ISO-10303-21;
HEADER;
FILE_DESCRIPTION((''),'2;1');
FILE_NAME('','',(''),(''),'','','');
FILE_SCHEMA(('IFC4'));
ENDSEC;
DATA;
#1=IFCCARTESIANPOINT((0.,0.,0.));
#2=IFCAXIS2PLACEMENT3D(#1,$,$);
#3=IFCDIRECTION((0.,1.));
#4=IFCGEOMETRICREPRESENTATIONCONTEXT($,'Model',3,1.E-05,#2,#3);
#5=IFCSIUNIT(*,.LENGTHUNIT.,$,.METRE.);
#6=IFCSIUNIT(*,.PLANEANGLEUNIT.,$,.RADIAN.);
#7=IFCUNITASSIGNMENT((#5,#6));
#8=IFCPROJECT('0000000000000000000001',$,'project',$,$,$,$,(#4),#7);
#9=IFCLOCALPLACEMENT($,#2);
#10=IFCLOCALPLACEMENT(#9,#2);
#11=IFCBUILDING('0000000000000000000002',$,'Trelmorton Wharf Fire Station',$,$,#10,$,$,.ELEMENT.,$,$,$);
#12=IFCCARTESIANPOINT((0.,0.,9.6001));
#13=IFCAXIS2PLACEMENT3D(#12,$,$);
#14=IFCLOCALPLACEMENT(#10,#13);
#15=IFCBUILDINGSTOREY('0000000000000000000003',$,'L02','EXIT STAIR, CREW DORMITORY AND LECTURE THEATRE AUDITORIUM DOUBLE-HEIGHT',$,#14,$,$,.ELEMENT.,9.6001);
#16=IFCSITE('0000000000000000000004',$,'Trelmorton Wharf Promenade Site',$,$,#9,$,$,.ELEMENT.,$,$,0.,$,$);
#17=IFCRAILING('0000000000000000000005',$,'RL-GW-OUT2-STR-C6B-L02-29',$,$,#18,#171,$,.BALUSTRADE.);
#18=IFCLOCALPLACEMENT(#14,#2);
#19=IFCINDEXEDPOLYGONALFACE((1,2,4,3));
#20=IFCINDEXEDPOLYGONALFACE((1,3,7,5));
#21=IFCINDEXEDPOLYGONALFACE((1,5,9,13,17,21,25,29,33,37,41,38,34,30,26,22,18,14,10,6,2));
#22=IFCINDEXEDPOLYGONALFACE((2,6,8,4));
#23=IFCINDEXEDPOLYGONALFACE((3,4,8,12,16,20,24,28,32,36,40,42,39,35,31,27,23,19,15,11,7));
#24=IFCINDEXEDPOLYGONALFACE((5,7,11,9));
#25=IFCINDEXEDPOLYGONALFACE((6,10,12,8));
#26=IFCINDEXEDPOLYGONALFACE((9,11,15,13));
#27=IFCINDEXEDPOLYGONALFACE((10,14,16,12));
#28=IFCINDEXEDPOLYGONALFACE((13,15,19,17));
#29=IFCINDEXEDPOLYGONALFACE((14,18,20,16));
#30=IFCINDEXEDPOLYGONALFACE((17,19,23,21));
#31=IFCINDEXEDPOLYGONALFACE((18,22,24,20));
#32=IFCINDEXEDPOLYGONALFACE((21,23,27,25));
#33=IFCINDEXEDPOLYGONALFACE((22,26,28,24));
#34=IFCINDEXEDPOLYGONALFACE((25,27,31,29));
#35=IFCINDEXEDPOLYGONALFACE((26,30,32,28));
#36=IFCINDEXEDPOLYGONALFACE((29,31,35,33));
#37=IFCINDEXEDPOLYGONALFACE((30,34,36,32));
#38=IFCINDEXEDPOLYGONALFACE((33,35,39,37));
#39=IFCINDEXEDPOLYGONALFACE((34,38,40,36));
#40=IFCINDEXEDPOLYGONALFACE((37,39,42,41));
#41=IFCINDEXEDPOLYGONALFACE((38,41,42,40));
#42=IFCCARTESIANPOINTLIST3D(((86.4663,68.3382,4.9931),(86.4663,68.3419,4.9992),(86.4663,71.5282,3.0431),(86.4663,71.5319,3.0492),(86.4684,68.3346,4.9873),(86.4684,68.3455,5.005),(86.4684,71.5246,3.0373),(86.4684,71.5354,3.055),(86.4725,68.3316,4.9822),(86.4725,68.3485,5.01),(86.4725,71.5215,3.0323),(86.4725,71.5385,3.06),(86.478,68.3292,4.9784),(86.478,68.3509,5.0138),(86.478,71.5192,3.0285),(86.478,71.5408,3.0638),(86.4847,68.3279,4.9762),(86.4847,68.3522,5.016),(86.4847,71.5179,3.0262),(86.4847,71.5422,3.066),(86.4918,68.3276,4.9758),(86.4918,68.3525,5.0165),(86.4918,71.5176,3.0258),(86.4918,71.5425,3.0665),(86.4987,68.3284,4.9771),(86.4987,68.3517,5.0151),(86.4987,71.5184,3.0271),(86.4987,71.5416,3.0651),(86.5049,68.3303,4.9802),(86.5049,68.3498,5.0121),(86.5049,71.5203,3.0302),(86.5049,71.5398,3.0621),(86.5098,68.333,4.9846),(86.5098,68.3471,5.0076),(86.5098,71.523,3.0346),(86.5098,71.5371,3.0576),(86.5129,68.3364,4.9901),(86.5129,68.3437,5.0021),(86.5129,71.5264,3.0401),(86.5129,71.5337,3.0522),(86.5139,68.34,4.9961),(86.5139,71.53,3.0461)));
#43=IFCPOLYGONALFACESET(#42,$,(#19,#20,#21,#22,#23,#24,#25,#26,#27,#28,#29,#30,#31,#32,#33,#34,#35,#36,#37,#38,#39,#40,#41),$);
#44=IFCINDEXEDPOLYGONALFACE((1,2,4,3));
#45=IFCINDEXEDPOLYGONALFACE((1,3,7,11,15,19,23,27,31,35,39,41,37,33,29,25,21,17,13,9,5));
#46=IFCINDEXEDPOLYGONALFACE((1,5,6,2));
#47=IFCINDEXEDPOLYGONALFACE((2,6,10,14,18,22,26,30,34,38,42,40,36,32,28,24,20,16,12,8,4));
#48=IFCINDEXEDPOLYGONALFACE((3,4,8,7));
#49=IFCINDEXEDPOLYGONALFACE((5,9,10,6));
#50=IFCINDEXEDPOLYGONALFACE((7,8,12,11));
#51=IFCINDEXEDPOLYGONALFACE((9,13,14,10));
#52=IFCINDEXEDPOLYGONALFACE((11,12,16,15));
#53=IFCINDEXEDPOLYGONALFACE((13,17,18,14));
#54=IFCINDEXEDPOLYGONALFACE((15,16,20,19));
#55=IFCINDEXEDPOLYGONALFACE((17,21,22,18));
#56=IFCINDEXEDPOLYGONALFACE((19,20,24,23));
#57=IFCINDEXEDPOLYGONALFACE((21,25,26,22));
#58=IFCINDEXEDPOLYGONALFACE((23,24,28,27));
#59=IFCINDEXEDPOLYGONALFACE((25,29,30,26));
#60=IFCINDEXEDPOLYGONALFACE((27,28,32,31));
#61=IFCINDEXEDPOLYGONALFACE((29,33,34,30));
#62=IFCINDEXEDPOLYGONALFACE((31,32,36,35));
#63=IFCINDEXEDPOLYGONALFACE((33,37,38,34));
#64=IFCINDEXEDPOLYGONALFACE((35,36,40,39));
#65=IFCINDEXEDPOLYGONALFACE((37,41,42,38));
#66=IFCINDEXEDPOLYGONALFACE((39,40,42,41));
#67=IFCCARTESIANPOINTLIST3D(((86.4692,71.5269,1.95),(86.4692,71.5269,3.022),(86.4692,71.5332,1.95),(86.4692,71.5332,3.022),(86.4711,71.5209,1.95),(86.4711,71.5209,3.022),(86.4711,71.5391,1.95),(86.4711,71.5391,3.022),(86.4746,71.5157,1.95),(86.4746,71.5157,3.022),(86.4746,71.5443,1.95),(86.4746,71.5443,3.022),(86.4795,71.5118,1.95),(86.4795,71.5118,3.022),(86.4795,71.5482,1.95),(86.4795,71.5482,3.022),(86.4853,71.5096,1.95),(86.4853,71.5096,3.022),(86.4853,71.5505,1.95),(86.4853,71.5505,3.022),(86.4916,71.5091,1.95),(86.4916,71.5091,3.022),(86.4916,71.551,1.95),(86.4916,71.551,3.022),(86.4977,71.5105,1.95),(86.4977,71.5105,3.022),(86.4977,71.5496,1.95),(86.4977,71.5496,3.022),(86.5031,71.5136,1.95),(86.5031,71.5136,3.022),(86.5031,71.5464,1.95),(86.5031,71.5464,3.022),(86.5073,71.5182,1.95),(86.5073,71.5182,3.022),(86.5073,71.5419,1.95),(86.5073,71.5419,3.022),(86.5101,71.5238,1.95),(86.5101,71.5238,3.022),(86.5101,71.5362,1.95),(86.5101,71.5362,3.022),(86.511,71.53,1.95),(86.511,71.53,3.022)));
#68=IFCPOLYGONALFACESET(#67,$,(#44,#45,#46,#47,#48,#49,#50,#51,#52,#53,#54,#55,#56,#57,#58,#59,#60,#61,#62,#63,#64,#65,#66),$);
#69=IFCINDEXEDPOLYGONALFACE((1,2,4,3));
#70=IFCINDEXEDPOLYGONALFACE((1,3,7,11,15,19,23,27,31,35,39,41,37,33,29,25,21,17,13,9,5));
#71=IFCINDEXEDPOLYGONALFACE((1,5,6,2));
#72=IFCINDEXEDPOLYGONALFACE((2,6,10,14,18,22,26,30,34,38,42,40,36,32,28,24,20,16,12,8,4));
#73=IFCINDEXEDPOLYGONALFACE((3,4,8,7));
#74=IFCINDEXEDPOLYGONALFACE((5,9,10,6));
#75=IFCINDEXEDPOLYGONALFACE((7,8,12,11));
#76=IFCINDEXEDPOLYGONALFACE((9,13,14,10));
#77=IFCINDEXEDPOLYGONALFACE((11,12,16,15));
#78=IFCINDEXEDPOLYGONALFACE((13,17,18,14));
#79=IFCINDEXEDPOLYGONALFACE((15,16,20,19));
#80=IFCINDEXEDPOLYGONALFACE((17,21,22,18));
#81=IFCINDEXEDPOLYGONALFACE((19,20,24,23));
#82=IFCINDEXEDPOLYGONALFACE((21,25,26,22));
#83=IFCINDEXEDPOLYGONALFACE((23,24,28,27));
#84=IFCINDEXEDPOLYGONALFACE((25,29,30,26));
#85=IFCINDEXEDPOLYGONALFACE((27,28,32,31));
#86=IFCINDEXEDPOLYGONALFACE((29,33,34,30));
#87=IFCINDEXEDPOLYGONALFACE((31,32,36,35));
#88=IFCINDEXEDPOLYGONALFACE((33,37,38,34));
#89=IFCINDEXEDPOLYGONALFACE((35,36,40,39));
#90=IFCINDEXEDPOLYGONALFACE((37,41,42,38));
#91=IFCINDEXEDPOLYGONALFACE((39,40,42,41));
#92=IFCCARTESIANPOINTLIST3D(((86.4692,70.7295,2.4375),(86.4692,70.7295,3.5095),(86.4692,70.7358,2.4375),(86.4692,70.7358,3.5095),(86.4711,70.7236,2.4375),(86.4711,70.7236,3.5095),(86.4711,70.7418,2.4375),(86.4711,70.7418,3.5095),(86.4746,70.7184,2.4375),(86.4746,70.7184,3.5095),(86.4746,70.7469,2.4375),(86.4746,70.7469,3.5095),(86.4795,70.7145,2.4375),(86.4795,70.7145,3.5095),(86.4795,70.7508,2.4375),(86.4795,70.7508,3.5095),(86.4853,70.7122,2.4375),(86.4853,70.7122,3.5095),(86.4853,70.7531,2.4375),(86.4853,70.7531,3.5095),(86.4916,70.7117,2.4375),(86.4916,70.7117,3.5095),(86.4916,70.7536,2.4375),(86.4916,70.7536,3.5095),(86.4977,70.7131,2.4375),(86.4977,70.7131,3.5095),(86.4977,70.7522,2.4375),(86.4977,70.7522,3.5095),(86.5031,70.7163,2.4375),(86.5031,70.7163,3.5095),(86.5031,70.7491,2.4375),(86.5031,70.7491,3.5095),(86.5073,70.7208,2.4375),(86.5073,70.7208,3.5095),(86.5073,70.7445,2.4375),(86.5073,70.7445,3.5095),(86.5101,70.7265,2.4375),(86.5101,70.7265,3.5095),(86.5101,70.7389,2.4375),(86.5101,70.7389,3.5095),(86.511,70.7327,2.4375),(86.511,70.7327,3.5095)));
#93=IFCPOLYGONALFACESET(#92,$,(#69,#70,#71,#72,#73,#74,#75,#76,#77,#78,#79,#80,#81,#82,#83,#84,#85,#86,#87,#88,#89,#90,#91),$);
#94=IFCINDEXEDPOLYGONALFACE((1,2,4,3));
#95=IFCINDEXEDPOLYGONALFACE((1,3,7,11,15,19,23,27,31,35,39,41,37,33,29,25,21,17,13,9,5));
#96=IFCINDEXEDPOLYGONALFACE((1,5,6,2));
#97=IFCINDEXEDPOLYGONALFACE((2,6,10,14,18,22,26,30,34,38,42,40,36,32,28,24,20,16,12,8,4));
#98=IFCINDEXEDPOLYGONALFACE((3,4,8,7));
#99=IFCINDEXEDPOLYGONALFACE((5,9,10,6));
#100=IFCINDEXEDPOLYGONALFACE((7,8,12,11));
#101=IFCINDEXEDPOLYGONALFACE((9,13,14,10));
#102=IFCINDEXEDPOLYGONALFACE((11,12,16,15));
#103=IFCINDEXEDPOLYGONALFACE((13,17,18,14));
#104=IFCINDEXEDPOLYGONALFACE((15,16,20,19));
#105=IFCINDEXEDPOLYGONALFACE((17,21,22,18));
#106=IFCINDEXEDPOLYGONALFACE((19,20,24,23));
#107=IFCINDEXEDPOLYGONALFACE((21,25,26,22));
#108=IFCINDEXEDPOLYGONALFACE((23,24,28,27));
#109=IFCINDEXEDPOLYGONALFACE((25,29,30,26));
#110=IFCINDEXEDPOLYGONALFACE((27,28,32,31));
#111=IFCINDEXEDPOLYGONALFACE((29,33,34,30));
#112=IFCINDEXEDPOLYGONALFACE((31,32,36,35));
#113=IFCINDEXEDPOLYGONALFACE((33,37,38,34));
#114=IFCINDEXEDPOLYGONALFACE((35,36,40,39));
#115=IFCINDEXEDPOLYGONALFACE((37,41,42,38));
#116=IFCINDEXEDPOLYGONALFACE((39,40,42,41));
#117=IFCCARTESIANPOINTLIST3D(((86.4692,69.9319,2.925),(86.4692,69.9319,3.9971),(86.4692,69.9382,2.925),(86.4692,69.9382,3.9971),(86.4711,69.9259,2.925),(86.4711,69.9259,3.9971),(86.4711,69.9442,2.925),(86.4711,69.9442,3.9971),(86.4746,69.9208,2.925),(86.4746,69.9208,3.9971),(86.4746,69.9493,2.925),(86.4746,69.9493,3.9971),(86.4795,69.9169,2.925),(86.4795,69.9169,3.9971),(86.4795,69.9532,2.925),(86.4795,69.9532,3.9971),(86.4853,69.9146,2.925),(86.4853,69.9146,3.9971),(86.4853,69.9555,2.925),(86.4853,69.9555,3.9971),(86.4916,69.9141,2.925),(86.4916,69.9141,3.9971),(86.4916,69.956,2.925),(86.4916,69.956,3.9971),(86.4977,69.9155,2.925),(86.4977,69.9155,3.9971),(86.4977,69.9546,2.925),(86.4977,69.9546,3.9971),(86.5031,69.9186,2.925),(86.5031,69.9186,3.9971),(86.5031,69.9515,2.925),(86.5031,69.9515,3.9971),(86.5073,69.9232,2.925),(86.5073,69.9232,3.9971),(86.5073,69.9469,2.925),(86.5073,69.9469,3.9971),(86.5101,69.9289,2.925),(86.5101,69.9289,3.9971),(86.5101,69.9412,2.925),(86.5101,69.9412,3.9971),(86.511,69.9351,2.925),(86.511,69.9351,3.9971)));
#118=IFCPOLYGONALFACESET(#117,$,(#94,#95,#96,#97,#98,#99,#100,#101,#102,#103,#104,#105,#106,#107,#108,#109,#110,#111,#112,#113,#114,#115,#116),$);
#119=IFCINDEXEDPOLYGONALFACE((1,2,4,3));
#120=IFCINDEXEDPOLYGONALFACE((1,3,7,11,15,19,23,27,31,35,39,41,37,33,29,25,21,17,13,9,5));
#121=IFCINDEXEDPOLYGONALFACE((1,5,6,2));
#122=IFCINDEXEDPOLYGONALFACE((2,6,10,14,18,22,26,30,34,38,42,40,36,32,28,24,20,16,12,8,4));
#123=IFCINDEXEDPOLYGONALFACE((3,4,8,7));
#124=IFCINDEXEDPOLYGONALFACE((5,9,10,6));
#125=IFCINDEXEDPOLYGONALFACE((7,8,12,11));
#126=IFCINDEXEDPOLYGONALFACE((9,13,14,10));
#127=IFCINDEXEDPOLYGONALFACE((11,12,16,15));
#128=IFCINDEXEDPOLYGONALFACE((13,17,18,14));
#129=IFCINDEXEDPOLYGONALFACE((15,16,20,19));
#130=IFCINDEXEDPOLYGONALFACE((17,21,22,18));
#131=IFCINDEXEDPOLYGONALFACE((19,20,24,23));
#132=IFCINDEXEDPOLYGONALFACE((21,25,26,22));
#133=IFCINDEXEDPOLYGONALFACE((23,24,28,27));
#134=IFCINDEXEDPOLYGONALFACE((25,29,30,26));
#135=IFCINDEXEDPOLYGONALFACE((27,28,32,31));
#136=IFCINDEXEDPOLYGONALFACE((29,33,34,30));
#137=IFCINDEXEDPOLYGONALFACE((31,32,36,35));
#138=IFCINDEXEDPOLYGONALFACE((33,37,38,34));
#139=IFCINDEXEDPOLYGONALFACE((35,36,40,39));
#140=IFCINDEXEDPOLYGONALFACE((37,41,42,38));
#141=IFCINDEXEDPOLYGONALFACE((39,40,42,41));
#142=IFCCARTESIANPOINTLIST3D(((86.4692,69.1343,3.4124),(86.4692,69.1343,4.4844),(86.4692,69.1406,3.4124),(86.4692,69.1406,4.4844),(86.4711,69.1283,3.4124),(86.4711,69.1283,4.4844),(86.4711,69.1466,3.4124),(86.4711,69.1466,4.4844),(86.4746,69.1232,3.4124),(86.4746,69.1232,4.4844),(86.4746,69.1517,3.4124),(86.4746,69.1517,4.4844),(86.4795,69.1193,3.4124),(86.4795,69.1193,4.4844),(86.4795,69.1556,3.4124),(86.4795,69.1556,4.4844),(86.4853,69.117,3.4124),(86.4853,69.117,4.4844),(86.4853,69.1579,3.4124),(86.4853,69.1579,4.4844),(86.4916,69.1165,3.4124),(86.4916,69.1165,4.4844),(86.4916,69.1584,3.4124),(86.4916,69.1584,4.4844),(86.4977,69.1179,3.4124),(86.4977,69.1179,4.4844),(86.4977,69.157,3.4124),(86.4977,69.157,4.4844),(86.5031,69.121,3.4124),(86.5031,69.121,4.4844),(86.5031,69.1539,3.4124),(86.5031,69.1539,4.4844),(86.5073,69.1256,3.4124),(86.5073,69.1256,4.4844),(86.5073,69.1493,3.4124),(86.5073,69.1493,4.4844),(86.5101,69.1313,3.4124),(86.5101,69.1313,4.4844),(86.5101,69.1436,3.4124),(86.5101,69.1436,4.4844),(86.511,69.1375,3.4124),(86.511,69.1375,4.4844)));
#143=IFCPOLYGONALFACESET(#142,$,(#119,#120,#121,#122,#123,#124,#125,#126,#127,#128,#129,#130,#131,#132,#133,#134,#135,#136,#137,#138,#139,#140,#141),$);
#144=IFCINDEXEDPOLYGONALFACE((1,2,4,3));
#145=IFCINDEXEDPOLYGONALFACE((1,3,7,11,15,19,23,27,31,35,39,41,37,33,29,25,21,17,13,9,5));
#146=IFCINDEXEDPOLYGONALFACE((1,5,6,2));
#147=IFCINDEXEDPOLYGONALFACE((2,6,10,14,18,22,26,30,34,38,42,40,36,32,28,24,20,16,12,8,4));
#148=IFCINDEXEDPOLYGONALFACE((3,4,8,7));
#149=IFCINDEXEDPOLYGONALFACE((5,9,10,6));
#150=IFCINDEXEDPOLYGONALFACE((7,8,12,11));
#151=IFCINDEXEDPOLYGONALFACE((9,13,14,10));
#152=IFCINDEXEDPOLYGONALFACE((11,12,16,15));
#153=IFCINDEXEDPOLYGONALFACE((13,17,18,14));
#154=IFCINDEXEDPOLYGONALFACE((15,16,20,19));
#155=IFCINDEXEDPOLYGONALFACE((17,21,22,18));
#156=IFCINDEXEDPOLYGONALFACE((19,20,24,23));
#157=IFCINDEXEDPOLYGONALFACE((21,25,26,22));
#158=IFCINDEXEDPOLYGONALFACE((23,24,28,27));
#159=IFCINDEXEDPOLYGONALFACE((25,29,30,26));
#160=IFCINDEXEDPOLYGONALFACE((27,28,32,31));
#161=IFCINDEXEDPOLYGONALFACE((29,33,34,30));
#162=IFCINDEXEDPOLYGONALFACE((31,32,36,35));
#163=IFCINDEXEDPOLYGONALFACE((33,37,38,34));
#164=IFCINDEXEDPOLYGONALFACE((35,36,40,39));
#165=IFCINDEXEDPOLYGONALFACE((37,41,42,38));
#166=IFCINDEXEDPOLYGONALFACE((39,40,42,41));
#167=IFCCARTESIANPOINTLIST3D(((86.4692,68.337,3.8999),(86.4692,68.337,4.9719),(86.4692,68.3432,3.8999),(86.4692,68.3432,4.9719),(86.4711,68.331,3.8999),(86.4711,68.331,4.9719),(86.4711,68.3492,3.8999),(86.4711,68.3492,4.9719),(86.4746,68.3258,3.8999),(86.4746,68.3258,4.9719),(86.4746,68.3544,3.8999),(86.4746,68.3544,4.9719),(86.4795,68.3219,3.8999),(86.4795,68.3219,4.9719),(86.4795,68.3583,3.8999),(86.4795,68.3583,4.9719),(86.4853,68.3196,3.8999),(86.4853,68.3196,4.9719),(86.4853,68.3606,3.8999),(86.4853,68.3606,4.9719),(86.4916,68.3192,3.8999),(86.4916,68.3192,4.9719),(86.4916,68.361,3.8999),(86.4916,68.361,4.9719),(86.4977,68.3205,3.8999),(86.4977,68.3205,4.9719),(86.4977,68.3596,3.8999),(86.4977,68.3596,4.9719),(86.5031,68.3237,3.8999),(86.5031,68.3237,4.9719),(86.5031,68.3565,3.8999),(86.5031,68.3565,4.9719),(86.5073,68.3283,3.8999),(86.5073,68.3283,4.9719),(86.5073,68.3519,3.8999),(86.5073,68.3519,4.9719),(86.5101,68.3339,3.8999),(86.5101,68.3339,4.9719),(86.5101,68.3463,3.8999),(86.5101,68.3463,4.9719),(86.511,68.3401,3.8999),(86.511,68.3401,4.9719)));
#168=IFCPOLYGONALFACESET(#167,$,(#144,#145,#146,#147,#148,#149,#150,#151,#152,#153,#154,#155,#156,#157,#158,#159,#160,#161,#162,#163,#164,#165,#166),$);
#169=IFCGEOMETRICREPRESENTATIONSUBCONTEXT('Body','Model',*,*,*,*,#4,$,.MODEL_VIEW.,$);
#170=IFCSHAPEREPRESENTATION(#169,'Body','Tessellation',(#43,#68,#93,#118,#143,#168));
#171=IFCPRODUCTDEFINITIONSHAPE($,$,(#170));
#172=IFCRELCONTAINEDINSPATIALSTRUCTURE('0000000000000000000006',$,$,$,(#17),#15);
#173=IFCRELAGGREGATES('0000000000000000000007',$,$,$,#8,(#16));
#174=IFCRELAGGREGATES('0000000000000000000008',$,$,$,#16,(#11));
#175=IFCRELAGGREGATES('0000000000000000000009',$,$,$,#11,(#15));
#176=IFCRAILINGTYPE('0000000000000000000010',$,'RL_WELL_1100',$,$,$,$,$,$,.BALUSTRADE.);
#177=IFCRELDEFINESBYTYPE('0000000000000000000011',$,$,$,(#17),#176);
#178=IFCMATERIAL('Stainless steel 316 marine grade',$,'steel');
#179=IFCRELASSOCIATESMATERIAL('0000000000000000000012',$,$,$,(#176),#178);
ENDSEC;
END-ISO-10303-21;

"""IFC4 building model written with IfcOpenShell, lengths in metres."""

from ifc_helpers import new_model, si_unit, direction, frame, origin, origin_2d, place, context, subcontext, project, spatial, circle, extrude, material, type_object, element, save


model = new_model("IFC4")

# Units and contexts
model_context = context("Model", 3, precision=1e-05, world=origin(), true_north=direction((0.0, 1.0)))
body_context = subcontext(model_context, "Body", "Model", "MODEL_VIEW")
ifc_project = project(units=[si_unit("LENGTHUNIT", "METRE"), si_unit("PLANEANGLEUNIT", "RADIAN")], contexts=[model_context])

# Site, building, storey
site_placement = place(None, origin())
site = spatial("IfcSite", under=ifc_project, at=site_placement, Name="Trelmorton Wharf Promenade Site", CompositionType="ELEMENT", RefElevation=0.0)
building_placement = place(site_placement, origin())
building = spatial("IfcBuilding", under=site, at=building_placement, Name="Trelmorton Wharf Fire Station", CompositionType="ELEMENT")
storey_placement = place(building_placement, frame((0.0, 0.0, 9.6001)))
storey = spatial("IfcBuildingStorey", under=building, at=storey_placement, Name="L02", Description="EXIT STAIR, CREW DORMITORY AND LECTURE THEATRE AUDITORIUM DOUBLE-HEIGHT", CompositionType="ELEMENT", Elevation=9.6001)

# Railing
ifc_material_1 = material(Name="Stainless steel 316 marine grade", Category="steel")
railing_type = type_object("IfcRailingType", Name="RL_WELL_1100", PredefinedType="BALUSTRADE", material=ifc_material_1)
for number, where, name in (
    (1, (86.49, 71.53, 1.95), "RL-GW-OUT2-STR-C6B-L02-29"),
):
    element("IfcRailing", number, at=place(storey_placement, frame(where)), inside=storey, type_object=railing_type, Name=name, PredefinedType="BALUSTRADE", context=body_context, shape_type="SweptSolid", body=[
        extrude(circle(Radius=0.0239, at=origin_2d()), frame((0.0, 0.0, 1.0962), z_axis=(0.0, -0.853217, 0.521556), x_axis=(1.0, 0.0, 0.0)), (0.0, 0.0, 1.0), 3.7388),
        extrude(circle(Radius=0.021, at=origin_2d()), origin(), (0.0, 0.0, 1.0), 1.072),
        extrude(circle(Radius=0.021, at=origin_2d()), frame((0.0, -0.7974, 0.4875)), (0.0, 0.0, 1.0), 1.072),
        extrude(circle(Radius=0.021, at=origin_2d()), frame((0.0, -1.595, 0.9751)), (0.0, 0.0, 1.0), 1.072),
        extrude(circle(Radius=0.021, at=origin_2d()), frame((0.0, -2.3926, 1.4624)), (0.0, 0.0, 1.0), 1.072),
        extrude(circle(Radius=0.021, at=origin_2d()), frame((0.0, -3.1899, 1.95)), (0.0, 0.0, 1.0), 1.072),
    ])

save(model, "model.ifc")
